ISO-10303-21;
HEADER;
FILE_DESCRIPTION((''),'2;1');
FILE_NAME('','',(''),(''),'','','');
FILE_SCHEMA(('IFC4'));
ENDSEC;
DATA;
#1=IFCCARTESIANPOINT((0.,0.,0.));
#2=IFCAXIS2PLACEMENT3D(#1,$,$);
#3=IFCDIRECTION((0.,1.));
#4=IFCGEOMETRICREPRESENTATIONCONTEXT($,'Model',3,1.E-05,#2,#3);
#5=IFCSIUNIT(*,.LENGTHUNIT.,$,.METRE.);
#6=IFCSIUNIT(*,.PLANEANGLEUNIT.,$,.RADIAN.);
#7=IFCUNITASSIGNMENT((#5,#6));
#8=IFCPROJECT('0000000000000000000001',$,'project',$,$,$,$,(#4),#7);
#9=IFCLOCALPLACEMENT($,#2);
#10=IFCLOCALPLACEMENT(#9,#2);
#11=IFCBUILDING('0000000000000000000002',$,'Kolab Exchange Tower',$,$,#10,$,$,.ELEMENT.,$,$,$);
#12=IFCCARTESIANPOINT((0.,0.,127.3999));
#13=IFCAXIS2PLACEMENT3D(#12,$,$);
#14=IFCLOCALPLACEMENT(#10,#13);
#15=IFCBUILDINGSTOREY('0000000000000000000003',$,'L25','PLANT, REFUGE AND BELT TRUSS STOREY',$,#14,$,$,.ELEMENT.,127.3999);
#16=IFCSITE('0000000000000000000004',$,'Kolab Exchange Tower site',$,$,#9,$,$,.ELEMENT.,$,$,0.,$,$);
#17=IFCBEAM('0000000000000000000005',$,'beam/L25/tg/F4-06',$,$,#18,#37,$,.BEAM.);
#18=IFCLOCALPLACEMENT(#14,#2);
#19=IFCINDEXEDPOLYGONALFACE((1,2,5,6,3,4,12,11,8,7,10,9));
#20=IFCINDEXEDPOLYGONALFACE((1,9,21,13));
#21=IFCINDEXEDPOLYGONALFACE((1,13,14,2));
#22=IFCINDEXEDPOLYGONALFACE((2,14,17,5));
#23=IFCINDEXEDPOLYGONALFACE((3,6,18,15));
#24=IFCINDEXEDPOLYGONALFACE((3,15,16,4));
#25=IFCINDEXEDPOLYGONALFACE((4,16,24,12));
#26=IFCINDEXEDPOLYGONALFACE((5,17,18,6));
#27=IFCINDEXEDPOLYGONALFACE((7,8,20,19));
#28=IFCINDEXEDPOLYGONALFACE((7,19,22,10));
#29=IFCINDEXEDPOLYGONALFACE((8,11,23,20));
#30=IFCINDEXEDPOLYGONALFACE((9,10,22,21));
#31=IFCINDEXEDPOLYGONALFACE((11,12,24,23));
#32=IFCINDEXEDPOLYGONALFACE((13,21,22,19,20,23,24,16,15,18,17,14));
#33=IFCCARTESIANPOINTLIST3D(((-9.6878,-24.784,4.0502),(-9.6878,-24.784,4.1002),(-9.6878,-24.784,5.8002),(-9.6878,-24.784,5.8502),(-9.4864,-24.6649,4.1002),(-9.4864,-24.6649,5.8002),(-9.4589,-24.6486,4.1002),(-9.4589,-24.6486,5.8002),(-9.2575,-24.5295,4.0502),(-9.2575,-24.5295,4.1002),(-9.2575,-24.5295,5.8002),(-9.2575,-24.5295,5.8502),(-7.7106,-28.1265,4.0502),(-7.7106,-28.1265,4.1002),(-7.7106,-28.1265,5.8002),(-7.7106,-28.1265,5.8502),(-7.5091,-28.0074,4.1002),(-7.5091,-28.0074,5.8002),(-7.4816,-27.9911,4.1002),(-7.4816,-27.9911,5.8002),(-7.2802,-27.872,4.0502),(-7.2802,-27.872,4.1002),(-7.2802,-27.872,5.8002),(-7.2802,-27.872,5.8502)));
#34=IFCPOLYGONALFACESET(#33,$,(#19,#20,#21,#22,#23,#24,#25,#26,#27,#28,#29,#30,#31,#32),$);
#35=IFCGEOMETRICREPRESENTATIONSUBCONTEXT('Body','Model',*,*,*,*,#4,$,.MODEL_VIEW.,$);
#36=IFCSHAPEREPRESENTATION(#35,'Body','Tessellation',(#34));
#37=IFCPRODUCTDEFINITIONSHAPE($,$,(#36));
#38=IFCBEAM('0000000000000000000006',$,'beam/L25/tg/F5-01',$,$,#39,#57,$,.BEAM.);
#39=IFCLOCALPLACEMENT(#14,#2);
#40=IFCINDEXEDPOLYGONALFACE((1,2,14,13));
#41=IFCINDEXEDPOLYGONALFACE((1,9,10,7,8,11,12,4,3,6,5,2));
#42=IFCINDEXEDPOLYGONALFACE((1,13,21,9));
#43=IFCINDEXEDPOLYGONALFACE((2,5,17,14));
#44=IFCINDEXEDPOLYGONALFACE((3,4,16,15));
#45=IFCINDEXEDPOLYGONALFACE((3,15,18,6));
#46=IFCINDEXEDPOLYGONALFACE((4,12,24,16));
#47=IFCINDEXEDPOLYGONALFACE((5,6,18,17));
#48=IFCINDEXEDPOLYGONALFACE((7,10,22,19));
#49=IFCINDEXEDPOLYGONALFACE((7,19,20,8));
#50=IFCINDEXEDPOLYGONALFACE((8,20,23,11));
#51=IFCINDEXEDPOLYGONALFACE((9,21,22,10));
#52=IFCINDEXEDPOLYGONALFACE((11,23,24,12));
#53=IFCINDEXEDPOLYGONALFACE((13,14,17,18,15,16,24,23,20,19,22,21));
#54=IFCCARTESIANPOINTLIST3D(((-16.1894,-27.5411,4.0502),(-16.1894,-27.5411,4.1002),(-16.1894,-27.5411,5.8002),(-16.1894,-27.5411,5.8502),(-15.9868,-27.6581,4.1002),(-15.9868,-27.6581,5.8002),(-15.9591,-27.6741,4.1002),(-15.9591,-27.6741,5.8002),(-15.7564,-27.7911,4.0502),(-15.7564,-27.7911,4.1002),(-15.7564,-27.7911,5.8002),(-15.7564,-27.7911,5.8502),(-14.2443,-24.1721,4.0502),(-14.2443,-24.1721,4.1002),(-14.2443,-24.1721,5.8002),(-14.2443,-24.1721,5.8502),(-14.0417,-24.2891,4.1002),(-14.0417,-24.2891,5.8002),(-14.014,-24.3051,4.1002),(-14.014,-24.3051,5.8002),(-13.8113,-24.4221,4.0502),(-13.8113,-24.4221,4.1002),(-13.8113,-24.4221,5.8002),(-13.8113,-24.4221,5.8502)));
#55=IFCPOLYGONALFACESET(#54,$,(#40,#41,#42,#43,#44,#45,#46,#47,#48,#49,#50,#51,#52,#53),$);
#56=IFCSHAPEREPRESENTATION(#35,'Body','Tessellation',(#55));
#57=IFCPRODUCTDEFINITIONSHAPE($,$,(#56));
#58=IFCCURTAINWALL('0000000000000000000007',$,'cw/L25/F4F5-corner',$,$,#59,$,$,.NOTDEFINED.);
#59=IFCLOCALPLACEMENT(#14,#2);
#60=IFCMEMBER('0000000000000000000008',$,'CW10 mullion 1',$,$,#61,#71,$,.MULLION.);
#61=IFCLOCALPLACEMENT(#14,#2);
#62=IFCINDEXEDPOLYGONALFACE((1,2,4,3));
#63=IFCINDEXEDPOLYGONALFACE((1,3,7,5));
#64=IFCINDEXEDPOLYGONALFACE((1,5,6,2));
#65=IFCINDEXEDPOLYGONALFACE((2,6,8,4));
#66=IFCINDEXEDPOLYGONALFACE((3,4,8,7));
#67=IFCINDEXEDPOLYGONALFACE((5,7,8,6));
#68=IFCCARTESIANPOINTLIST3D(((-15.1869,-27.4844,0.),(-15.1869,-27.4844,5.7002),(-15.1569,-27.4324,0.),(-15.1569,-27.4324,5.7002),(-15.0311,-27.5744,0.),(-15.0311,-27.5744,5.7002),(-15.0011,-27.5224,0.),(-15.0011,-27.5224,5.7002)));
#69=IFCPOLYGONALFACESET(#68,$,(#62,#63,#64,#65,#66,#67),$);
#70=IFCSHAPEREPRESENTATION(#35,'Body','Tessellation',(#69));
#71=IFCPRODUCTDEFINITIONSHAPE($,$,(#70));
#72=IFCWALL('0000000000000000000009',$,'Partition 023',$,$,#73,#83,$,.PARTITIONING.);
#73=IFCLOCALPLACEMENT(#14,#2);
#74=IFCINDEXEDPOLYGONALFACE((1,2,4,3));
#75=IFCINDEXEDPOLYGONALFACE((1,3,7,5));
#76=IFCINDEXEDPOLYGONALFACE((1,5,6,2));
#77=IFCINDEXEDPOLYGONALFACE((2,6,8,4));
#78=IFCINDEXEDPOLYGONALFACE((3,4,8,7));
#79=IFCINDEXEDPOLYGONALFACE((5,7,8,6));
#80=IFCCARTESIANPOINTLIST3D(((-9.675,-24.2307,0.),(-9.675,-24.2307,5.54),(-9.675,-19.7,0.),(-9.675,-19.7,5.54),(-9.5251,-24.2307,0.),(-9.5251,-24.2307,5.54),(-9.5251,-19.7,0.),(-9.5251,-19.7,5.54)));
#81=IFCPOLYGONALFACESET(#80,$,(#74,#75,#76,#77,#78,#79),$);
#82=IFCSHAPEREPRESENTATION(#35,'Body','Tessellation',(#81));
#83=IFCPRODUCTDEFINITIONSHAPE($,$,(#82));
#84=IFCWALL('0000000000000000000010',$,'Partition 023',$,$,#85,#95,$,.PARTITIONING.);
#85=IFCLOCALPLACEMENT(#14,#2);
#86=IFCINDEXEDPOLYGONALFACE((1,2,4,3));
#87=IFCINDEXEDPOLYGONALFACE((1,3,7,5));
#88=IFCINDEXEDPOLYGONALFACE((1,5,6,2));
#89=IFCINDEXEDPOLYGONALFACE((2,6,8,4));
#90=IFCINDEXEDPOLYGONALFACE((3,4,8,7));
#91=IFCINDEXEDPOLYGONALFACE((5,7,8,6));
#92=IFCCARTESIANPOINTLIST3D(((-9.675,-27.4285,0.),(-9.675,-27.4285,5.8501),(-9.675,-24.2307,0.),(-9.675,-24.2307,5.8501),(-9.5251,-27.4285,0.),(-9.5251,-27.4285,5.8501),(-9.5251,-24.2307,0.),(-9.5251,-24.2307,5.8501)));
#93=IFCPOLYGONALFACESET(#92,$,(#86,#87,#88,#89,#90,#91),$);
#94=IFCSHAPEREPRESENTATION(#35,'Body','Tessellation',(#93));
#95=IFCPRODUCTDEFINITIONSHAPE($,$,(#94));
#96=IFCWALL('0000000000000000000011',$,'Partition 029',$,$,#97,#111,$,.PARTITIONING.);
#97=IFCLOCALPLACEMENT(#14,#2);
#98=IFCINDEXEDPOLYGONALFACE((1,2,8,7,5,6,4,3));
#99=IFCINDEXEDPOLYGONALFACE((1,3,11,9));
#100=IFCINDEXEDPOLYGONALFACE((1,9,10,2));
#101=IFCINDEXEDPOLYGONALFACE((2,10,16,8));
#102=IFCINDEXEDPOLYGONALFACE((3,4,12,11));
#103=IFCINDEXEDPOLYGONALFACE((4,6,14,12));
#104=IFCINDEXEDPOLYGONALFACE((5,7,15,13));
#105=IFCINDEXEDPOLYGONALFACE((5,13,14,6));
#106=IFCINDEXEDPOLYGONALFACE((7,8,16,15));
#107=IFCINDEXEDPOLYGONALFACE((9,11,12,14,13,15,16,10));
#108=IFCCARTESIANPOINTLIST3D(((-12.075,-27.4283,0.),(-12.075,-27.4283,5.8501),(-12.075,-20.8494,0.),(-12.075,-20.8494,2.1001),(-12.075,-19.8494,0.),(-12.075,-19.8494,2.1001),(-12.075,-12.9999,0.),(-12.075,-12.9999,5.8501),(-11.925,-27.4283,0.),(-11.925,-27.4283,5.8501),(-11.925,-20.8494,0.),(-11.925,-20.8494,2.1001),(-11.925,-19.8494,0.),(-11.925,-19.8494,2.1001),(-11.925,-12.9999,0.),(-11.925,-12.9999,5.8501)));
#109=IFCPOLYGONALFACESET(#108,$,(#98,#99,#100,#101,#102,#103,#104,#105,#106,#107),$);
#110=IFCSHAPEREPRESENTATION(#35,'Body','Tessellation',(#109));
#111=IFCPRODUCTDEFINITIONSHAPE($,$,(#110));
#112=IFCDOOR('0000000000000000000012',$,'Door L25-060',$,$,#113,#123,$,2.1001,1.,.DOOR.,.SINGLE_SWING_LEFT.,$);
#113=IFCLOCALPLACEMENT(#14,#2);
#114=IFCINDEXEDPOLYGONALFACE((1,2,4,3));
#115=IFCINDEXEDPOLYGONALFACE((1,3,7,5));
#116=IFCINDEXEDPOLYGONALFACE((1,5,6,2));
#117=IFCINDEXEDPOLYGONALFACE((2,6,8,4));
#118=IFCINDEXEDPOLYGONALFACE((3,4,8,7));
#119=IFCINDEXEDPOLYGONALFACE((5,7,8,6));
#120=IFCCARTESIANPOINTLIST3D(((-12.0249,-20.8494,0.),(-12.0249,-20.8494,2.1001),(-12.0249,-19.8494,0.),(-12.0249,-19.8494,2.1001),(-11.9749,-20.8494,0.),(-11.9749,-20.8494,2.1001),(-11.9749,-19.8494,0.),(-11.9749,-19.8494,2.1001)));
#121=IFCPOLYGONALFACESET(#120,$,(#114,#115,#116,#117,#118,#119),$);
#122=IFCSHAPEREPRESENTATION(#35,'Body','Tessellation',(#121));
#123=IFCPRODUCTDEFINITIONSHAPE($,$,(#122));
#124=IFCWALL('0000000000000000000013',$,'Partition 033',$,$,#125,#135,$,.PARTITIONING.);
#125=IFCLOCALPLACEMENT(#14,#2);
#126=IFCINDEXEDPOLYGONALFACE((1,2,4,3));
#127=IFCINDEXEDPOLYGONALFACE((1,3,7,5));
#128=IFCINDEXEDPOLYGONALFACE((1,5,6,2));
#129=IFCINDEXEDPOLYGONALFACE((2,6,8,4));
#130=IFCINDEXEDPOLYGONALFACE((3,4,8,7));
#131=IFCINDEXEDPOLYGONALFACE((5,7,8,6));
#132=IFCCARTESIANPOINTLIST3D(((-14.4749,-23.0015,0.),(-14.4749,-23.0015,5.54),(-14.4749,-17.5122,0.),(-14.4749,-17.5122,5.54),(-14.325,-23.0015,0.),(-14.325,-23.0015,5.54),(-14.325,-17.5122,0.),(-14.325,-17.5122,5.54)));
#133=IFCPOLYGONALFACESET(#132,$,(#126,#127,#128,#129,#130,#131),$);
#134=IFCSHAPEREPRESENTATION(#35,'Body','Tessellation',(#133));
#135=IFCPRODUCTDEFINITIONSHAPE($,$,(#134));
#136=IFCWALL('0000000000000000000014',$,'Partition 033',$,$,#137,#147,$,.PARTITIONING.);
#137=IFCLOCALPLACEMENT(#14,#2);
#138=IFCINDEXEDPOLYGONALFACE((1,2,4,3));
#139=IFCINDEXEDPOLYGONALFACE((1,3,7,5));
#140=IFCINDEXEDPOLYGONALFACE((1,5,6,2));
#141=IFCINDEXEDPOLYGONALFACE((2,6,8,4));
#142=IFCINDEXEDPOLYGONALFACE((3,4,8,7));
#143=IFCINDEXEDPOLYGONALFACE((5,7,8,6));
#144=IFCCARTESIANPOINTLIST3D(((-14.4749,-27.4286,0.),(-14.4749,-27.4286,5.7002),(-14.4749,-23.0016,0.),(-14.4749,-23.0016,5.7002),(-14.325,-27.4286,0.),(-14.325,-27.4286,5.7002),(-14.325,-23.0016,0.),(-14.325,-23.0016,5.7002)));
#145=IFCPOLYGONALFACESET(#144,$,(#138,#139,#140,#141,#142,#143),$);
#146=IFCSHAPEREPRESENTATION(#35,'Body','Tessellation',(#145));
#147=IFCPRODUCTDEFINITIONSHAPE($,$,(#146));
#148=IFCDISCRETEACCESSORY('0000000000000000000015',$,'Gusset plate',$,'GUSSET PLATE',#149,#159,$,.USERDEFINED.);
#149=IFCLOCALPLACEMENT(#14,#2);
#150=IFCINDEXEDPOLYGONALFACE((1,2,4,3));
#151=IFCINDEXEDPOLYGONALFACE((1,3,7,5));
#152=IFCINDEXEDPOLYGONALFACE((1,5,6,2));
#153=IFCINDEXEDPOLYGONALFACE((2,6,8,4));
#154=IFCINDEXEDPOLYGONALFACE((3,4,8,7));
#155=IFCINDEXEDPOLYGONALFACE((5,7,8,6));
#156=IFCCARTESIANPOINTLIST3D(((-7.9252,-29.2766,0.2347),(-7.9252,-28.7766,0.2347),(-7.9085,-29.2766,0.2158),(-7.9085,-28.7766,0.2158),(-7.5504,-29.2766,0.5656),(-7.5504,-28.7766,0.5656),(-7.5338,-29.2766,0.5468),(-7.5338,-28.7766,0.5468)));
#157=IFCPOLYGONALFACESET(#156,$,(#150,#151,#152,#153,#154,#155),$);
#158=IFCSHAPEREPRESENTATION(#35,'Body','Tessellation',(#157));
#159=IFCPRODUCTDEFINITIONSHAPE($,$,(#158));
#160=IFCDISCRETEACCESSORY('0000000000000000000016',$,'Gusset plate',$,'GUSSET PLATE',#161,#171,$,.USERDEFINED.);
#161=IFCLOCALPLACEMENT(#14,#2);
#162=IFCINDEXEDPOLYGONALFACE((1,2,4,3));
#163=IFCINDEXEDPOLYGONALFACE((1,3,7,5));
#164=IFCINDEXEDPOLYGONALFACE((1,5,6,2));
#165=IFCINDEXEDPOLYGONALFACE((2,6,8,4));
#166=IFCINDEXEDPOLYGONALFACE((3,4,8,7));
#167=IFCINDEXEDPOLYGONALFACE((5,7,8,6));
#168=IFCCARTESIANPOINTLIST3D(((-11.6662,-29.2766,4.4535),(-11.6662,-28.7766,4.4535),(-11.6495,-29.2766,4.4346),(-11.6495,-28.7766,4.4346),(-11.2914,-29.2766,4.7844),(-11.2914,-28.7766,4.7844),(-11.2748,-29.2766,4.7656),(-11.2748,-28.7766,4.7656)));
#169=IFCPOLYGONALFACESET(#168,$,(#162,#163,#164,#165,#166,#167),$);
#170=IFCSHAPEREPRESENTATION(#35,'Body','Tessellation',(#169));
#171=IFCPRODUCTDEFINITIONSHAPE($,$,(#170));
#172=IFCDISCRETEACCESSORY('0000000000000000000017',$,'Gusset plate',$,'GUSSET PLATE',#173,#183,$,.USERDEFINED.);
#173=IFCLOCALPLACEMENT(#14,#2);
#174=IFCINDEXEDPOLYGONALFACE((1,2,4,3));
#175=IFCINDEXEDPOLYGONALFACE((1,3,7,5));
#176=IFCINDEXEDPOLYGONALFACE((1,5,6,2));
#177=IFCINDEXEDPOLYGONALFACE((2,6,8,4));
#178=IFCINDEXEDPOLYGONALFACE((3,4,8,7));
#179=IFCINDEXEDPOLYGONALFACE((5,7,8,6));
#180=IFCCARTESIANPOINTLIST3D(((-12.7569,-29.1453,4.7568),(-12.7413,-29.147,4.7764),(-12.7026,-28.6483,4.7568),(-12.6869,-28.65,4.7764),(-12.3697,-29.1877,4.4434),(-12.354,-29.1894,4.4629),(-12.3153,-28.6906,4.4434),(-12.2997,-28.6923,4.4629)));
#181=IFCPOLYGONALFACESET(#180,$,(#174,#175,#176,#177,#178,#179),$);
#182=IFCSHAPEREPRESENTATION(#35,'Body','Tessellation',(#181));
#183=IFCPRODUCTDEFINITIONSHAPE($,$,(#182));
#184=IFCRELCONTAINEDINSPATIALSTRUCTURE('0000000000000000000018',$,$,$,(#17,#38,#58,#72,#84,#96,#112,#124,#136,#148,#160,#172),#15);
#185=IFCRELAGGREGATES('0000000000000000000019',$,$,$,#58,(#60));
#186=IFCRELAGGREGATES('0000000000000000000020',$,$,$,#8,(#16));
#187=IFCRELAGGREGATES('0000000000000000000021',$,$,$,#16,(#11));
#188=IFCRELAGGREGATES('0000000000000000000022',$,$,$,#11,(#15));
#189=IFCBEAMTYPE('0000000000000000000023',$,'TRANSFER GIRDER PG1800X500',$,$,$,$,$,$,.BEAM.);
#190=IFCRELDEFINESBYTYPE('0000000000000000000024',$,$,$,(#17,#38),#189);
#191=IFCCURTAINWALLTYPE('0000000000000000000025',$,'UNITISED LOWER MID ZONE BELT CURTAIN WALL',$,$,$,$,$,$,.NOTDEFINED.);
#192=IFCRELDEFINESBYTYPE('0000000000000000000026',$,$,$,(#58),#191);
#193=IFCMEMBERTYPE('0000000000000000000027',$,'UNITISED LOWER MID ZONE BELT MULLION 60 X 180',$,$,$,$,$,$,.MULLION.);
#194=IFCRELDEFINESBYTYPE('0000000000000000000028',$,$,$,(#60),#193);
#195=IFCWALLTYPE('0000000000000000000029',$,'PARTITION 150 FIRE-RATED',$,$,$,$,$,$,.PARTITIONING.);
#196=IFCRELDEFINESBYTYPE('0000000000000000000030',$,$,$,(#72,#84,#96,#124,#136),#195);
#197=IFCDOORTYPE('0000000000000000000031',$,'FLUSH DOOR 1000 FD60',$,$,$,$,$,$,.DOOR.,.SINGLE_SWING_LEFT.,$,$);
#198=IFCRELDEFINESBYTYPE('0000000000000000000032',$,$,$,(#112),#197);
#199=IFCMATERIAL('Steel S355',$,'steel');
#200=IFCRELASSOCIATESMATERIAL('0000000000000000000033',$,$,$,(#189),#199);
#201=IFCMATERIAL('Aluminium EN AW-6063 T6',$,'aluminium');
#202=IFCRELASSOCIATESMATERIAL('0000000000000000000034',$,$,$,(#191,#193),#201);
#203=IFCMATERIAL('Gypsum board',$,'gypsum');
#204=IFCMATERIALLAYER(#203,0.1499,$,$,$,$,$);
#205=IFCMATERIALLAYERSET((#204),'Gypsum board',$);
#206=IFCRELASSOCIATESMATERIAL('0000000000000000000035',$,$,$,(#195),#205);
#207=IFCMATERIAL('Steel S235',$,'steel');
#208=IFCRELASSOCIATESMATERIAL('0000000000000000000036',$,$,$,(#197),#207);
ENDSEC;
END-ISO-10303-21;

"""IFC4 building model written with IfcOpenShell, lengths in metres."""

from ifc_helpers import new_model, si_unit, direction, frame, frame_2d, origin, origin_2d, place, context, subcontext, project, spatial, rectangle, i_section, extrude, material, layer, layer_set, material_profile, profile_set, type_object, element, fill, aggregate, save


model = new_model("IFC4")

# Units and contexts
model_context = context("Model", 3, precision=1e-05, world=origin(), true_north=direction((0.0, 1.0)))
body_context = subcontext(model_context, "Body", "Model", "MODEL_VIEW")
ifc_project = project(units=[si_unit("LENGTHUNIT", "METRE"), si_unit("PLANEANGLEUNIT", "RADIAN")], contexts=[model_context])

# Site, building, storey
site_placement = place(None, origin())
site = spatial("IfcSite", under=ifc_project, at=site_placement, Name="Kolab Exchange Tower site", CompositionType="ELEMENT", RefElevation=0.0)
building_placement = place(site_placement, origin())
building = spatial("IfcBuilding", under=site, at=building_placement, Name="Kolab Exchange Tower", CompositionType="ELEMENT")
storey_placement = place(building_placement, frame((0.0, 0.0, 127.3999)))
storey = spatial("IfcBuildingStorey", under=building, at=storey_placement, Name="L25", Description="PLANT, REFUGE AND BELT TRUSS STOREY", CompositionType="ELEMENT", Elevation=127.3999)

# Shared definitions
ifc_material_1 = material(Name="Steel S355", Category="steel")

# Shared definitions
ifc_material_2 = material(Name="Aluminium EN AW-6063 T6", Category="aluminium")

# Beams
ifc_material_profile_1 = material_profile(ifc_material_1, i_section(OverallWidth=0.5, OverallDepth=1.8, WebThickness=0.032, FlangeThickness=0.05, at=origin_2d()), Name="PG1800X500")
ifc_profile_set_1 = profile_set([ifc_material_profile_1], Name="Steel S355")
beam_type_1 = type_object("IfcBeamType", Name="TRANSFER GIRDER PG1800X500", PredefinedType="BEAM", material=ifc_profile_set_1)
beam_1_placement = place(storey_placement, frame((-9.4727, -24.6567, 4.9502), z_axis=(0.509142, -0.860682, 0.0), x_axis=(0.860682, 0.509142, 0.0)))
element("IfcBeam", 1, at=beam_1_placement, inside=storey, type_object=beam_type_1, Name="beam/L25/tg/F4-06", PredefinedType="BEAM", context=body_context, shape_type="SweptSolid", body=[
    extrude(i_section(OverallWidth=0.5, OverallDepth=1.8, WebThickness=0.032, FlangeThickness=0.05, at=origin_2d()), origin(), (0.0, 0.0, 1.0), 3.8835),
])
beam_2_placement = place(storey_placement, frame((-14.0278, -24.2971, 4.9502), z_axis=(-0.500007, -0.866022, 0.0), x_axis=(0.866022, -0.500007, 0.0)))
element("IfcBeam", 2, at=beam_2_placement, inside=storey, type_object=beam_type_1, Name="beam/L25/tg/F5-01", PredefinedType="BEAM", context=body_context, shape_type="SweptSolid", body=[
    extrude(i_section(OverallWidth=0.5, OverallDepth=1.8, WebThickness=0.032, FlangeThickness=0.05, at=origin_2d()), origin(), (0.0, 0.0, 1.0), 3.8901),
])

# Curtain wall, member
curtain_wall_type_1 = type_object("IfcCurtainWallType", Name="UNITISED LOWER MID ZONE BELT CURTAIN WALL", PredefinedType="NOTDEFINED", material=ifc_material_2)
curtain_wall_1_placement = place(storey_placement, origin())
curtain_wall_1 = element("IfcCurtainWall", 3, at=curtain_wall_1_placement, inside=storey, type_object=curtain_wall_type_1, Name="cw/L25/F4F5-corner", PredefinedType="NOTDEFINED")
ifc_material_profile_2 = material_profile(ifc_material_2, rectangle(XDim=0.0601, YDim=0.1799, at=origin_2d()), Name="RECT 60X180")
ifc_profile_set_2 = profile_set([ifc_material_profile_2], Name="Aluminium EN AW-6063 T6")
member_type_1 = type_object("IfcMemberType", Name="UNITISED LOWER MID ZONE BELT MULLION 60 X 180", PredefinedType="MULLION", material=ifc_profile_set_2)
member_1_placement = place(storey_placement, frame((-15.094, -27.5034, 0.0), z_axis=(0.0, 0.0, 1.0), x_axis=(-0.5, -0.866025, 0.0)))
member_1 = element("IfcMember", 4, at=member_1_placement, type_object=member_type_1, Name="CW10 mullion 1", PredefinedType="MULLION", context=body_context, shape_type="SweptSolid", body=[
    extrude(rectangle(XDim=0.0601, YDim=0.1799, at=origin_2d()), origin(), (0.0, 0.0, 1.0), 5.7002),
])
aggregate(curtain_wall_1, [member_1])

# Walls
ifc_material_3 = material(Name="Gypsum board", Category="gypsum")
ifc_layer = layer(ifc_material_3, 0.1499)
ifc_layer_set = layer_set([ifc_layer], Name="Gypsum board")
wall_type = type_object("IfcWallType", Name="PARTITION 150 FIRE-RATED", PredefinedType="PARTITIONING", material=ifc_layer_set)
wall_1_placement = place(storey_placement, frame((-9.6001, -24.2307, 0.0), z_axis=(0.0, 0.0, 1.0), x_axis=(0.0, 1.0, 0.0)))
element("IfcWall", 5, at=wall_1_placement, inside=storey, type_object=wall_type, Name="Partition 023", PredefinedType="PARTITIONING", context=body_context, shape_type="SweptSolid", body=[
    extrude(rectangle(XDim=4.5308, YDim=0.1499, at=frame_2d((2.2654, 0.0))), origin(), (0.0, 0.0, 1.0), 5.54),
])
wall_2_placement = place(storey_placement, frame((-9.6001, -27.4285, 0.0), z_axis=(0.0, 0.0, 1.0), x_axis=(0.0, 1.0, 0.0)))
element("IfcWall", 6, at=wall_2_placement, inside=storey, type_object=wall_type, Name="Partition 023", PredefinedType="PARTITIONING", context=body_context, shape_type="SweptSolid", body=[
    extrude(rectangle(XDim=3.1978, YDim=0.1499, at=frame_2d((1.5989, 0.0))), origin(), (0.0, 0.0, 1.0), 5.8501),
])

# Wall, opening, door
wall_3_placement = place(storey_placement, frame((-12.0, -27.4285, 0.0), z_axis=(0.0, 0.0, 1.0), x_axis=(0.0, 1.0, 0.0)))
wall_3 = element("IfcWall", 7, at=wall_3_placement, inside=storey, type_object=wall_type, Name="Partition 029", PredefinedType="PARTITIONING", context=body_context, shape_type="SweptSolid", body=[
    extrude(rectangle(XDim=14.4285, YDim=0.1499, at=frame_2d((7.2144, 0.0))), origin(), (0.0, 0.0, 1.0), 5.8501),
])
opening_placement = place(wall_3_placement, frame((6.5791, 0.0, 0.0)))
opening = element("IfcOpeningElement", 8, at=opening_placement, cuts=wall_3, PredefinedType="OPENING", context=body_context, shape_type="SweptSolid", body=[
    extrude(rectangle(XDim=1.0, YDim=2.1001, at=frame_2d((0.5, 1.05))), frame((0.0, 0.085, 0.0), z_axis=(0.0, -1.0, 0.0), x_axis=(1.0, 0.0, 0.0)), (0.0, 0.0, 1.0), 0.1699),
])
ifc_material_4 = material(Name="Steel S235", Category="steel")
door_type = type_object("IfcDoorType", Name="FLUSH DOOR 1000 FD60", OperationType="SINGLE_SWING_LEFT", PredefinedType="DOOR", material=ifc_material_4)
door_placement = place(opening_placement, origin())
door = element("IfcDoor", 9, at=door_placement, inside=storey, type_object=door_type, Name="Door L25-060", OperationType="SINGLE_SWING_LEFT", OverallHeight=2.1001, OverallWidth=1.0, PredefinedType="DOOR", context=body_context, shape_type="SweptSolid", body=[
    extrude(rectangle(XDim=1.0, YDim=2.1001, at=frame_2d((0.5, 1.05))), frame((0.0, 0.0249, 0.0), z_axis=(0.0, -1.0, 0.0), x_axis=(1.0, 0.0, 0.0)), (0.0, 0.0, 1.0), 0.05),
])
fill(opening, door)

# Walls
wall_4_placement = place(storey_placement, frame((-14.3999, -23.0015, 0.0), z_axis=(0.0, 0.0, 1.0), x_axis=(0.0, 1.0, 0.0)))
element("IfcWall", 10, at=wall_4_placement, inside=storey, type_object=wall_type, Name="Partition 033", PredefinedType="PARTITIONING", context=body_context, shape_type="SweptSolid", body=[
    extrude(rectangle(XDim=5.4893, YDim=0.1499, at=frame_2d((2.7446, 0.0))), origin(), (0.0, 0.0, 1.0), 5.54),
])
wall_5_placement = place(storey_placement, frame((-14.3999, -27.4285, 0.0), z_axis=(0.0, 0.0, 1.0), x_axis=(0.0, 1.0, 0.0)))
element("IfcWall", 11, at=wall_5_placement, inside=storey, type_object=wall_type, Name="Partition 033", PredefinedType="PARTITIONING", context=body_context, shape_type="SweptSolid", body=[
    extrude(rectangle(XDim=4.427, YDim=0.1499, at=frame_2d((2.2134, 0.0))), origin(), (0.0, 0.0, 1.0), 5.7002),
])

# Discrete accessories
for number, where, z_axis, x_axis, name in (
    (12, (-7.7378, -29.0266, 0.4001), (0.661944, 0.0, -0.749554), (0.0, 1.0, 0.0), "Gusset plate"),
    (13, (-11.4622, -29.0266, 4.6001), (-0.661944, 0.0, 0.749554), (0.0, -1.0, 0.0), "Gusset plate"),
    (14, (-12.5361, -28.918, 4.6001), (0.623242, -0.068167, 0.779052), (0.108727, 0.994072, 0.0), "Gusset plate"),
):
    element("IfcDiscreteAccessory", number, at=place(storey_placement, frame(where, z_axis=z_axis, x_axis=x_axis)), inside=storey, Name=name, ObjectType="GUSSET PLATE", PredefinedType="USERDEFINED", context=body_context, shape_type="SweptSolid", body=[
        extrude(rectangle(XDim=0.5, YDim=0.5, at=origin_2d()), origin(), (0.0, 0.0, 1.0), 0.0251),
    ])

save(model, "model.ifc")
